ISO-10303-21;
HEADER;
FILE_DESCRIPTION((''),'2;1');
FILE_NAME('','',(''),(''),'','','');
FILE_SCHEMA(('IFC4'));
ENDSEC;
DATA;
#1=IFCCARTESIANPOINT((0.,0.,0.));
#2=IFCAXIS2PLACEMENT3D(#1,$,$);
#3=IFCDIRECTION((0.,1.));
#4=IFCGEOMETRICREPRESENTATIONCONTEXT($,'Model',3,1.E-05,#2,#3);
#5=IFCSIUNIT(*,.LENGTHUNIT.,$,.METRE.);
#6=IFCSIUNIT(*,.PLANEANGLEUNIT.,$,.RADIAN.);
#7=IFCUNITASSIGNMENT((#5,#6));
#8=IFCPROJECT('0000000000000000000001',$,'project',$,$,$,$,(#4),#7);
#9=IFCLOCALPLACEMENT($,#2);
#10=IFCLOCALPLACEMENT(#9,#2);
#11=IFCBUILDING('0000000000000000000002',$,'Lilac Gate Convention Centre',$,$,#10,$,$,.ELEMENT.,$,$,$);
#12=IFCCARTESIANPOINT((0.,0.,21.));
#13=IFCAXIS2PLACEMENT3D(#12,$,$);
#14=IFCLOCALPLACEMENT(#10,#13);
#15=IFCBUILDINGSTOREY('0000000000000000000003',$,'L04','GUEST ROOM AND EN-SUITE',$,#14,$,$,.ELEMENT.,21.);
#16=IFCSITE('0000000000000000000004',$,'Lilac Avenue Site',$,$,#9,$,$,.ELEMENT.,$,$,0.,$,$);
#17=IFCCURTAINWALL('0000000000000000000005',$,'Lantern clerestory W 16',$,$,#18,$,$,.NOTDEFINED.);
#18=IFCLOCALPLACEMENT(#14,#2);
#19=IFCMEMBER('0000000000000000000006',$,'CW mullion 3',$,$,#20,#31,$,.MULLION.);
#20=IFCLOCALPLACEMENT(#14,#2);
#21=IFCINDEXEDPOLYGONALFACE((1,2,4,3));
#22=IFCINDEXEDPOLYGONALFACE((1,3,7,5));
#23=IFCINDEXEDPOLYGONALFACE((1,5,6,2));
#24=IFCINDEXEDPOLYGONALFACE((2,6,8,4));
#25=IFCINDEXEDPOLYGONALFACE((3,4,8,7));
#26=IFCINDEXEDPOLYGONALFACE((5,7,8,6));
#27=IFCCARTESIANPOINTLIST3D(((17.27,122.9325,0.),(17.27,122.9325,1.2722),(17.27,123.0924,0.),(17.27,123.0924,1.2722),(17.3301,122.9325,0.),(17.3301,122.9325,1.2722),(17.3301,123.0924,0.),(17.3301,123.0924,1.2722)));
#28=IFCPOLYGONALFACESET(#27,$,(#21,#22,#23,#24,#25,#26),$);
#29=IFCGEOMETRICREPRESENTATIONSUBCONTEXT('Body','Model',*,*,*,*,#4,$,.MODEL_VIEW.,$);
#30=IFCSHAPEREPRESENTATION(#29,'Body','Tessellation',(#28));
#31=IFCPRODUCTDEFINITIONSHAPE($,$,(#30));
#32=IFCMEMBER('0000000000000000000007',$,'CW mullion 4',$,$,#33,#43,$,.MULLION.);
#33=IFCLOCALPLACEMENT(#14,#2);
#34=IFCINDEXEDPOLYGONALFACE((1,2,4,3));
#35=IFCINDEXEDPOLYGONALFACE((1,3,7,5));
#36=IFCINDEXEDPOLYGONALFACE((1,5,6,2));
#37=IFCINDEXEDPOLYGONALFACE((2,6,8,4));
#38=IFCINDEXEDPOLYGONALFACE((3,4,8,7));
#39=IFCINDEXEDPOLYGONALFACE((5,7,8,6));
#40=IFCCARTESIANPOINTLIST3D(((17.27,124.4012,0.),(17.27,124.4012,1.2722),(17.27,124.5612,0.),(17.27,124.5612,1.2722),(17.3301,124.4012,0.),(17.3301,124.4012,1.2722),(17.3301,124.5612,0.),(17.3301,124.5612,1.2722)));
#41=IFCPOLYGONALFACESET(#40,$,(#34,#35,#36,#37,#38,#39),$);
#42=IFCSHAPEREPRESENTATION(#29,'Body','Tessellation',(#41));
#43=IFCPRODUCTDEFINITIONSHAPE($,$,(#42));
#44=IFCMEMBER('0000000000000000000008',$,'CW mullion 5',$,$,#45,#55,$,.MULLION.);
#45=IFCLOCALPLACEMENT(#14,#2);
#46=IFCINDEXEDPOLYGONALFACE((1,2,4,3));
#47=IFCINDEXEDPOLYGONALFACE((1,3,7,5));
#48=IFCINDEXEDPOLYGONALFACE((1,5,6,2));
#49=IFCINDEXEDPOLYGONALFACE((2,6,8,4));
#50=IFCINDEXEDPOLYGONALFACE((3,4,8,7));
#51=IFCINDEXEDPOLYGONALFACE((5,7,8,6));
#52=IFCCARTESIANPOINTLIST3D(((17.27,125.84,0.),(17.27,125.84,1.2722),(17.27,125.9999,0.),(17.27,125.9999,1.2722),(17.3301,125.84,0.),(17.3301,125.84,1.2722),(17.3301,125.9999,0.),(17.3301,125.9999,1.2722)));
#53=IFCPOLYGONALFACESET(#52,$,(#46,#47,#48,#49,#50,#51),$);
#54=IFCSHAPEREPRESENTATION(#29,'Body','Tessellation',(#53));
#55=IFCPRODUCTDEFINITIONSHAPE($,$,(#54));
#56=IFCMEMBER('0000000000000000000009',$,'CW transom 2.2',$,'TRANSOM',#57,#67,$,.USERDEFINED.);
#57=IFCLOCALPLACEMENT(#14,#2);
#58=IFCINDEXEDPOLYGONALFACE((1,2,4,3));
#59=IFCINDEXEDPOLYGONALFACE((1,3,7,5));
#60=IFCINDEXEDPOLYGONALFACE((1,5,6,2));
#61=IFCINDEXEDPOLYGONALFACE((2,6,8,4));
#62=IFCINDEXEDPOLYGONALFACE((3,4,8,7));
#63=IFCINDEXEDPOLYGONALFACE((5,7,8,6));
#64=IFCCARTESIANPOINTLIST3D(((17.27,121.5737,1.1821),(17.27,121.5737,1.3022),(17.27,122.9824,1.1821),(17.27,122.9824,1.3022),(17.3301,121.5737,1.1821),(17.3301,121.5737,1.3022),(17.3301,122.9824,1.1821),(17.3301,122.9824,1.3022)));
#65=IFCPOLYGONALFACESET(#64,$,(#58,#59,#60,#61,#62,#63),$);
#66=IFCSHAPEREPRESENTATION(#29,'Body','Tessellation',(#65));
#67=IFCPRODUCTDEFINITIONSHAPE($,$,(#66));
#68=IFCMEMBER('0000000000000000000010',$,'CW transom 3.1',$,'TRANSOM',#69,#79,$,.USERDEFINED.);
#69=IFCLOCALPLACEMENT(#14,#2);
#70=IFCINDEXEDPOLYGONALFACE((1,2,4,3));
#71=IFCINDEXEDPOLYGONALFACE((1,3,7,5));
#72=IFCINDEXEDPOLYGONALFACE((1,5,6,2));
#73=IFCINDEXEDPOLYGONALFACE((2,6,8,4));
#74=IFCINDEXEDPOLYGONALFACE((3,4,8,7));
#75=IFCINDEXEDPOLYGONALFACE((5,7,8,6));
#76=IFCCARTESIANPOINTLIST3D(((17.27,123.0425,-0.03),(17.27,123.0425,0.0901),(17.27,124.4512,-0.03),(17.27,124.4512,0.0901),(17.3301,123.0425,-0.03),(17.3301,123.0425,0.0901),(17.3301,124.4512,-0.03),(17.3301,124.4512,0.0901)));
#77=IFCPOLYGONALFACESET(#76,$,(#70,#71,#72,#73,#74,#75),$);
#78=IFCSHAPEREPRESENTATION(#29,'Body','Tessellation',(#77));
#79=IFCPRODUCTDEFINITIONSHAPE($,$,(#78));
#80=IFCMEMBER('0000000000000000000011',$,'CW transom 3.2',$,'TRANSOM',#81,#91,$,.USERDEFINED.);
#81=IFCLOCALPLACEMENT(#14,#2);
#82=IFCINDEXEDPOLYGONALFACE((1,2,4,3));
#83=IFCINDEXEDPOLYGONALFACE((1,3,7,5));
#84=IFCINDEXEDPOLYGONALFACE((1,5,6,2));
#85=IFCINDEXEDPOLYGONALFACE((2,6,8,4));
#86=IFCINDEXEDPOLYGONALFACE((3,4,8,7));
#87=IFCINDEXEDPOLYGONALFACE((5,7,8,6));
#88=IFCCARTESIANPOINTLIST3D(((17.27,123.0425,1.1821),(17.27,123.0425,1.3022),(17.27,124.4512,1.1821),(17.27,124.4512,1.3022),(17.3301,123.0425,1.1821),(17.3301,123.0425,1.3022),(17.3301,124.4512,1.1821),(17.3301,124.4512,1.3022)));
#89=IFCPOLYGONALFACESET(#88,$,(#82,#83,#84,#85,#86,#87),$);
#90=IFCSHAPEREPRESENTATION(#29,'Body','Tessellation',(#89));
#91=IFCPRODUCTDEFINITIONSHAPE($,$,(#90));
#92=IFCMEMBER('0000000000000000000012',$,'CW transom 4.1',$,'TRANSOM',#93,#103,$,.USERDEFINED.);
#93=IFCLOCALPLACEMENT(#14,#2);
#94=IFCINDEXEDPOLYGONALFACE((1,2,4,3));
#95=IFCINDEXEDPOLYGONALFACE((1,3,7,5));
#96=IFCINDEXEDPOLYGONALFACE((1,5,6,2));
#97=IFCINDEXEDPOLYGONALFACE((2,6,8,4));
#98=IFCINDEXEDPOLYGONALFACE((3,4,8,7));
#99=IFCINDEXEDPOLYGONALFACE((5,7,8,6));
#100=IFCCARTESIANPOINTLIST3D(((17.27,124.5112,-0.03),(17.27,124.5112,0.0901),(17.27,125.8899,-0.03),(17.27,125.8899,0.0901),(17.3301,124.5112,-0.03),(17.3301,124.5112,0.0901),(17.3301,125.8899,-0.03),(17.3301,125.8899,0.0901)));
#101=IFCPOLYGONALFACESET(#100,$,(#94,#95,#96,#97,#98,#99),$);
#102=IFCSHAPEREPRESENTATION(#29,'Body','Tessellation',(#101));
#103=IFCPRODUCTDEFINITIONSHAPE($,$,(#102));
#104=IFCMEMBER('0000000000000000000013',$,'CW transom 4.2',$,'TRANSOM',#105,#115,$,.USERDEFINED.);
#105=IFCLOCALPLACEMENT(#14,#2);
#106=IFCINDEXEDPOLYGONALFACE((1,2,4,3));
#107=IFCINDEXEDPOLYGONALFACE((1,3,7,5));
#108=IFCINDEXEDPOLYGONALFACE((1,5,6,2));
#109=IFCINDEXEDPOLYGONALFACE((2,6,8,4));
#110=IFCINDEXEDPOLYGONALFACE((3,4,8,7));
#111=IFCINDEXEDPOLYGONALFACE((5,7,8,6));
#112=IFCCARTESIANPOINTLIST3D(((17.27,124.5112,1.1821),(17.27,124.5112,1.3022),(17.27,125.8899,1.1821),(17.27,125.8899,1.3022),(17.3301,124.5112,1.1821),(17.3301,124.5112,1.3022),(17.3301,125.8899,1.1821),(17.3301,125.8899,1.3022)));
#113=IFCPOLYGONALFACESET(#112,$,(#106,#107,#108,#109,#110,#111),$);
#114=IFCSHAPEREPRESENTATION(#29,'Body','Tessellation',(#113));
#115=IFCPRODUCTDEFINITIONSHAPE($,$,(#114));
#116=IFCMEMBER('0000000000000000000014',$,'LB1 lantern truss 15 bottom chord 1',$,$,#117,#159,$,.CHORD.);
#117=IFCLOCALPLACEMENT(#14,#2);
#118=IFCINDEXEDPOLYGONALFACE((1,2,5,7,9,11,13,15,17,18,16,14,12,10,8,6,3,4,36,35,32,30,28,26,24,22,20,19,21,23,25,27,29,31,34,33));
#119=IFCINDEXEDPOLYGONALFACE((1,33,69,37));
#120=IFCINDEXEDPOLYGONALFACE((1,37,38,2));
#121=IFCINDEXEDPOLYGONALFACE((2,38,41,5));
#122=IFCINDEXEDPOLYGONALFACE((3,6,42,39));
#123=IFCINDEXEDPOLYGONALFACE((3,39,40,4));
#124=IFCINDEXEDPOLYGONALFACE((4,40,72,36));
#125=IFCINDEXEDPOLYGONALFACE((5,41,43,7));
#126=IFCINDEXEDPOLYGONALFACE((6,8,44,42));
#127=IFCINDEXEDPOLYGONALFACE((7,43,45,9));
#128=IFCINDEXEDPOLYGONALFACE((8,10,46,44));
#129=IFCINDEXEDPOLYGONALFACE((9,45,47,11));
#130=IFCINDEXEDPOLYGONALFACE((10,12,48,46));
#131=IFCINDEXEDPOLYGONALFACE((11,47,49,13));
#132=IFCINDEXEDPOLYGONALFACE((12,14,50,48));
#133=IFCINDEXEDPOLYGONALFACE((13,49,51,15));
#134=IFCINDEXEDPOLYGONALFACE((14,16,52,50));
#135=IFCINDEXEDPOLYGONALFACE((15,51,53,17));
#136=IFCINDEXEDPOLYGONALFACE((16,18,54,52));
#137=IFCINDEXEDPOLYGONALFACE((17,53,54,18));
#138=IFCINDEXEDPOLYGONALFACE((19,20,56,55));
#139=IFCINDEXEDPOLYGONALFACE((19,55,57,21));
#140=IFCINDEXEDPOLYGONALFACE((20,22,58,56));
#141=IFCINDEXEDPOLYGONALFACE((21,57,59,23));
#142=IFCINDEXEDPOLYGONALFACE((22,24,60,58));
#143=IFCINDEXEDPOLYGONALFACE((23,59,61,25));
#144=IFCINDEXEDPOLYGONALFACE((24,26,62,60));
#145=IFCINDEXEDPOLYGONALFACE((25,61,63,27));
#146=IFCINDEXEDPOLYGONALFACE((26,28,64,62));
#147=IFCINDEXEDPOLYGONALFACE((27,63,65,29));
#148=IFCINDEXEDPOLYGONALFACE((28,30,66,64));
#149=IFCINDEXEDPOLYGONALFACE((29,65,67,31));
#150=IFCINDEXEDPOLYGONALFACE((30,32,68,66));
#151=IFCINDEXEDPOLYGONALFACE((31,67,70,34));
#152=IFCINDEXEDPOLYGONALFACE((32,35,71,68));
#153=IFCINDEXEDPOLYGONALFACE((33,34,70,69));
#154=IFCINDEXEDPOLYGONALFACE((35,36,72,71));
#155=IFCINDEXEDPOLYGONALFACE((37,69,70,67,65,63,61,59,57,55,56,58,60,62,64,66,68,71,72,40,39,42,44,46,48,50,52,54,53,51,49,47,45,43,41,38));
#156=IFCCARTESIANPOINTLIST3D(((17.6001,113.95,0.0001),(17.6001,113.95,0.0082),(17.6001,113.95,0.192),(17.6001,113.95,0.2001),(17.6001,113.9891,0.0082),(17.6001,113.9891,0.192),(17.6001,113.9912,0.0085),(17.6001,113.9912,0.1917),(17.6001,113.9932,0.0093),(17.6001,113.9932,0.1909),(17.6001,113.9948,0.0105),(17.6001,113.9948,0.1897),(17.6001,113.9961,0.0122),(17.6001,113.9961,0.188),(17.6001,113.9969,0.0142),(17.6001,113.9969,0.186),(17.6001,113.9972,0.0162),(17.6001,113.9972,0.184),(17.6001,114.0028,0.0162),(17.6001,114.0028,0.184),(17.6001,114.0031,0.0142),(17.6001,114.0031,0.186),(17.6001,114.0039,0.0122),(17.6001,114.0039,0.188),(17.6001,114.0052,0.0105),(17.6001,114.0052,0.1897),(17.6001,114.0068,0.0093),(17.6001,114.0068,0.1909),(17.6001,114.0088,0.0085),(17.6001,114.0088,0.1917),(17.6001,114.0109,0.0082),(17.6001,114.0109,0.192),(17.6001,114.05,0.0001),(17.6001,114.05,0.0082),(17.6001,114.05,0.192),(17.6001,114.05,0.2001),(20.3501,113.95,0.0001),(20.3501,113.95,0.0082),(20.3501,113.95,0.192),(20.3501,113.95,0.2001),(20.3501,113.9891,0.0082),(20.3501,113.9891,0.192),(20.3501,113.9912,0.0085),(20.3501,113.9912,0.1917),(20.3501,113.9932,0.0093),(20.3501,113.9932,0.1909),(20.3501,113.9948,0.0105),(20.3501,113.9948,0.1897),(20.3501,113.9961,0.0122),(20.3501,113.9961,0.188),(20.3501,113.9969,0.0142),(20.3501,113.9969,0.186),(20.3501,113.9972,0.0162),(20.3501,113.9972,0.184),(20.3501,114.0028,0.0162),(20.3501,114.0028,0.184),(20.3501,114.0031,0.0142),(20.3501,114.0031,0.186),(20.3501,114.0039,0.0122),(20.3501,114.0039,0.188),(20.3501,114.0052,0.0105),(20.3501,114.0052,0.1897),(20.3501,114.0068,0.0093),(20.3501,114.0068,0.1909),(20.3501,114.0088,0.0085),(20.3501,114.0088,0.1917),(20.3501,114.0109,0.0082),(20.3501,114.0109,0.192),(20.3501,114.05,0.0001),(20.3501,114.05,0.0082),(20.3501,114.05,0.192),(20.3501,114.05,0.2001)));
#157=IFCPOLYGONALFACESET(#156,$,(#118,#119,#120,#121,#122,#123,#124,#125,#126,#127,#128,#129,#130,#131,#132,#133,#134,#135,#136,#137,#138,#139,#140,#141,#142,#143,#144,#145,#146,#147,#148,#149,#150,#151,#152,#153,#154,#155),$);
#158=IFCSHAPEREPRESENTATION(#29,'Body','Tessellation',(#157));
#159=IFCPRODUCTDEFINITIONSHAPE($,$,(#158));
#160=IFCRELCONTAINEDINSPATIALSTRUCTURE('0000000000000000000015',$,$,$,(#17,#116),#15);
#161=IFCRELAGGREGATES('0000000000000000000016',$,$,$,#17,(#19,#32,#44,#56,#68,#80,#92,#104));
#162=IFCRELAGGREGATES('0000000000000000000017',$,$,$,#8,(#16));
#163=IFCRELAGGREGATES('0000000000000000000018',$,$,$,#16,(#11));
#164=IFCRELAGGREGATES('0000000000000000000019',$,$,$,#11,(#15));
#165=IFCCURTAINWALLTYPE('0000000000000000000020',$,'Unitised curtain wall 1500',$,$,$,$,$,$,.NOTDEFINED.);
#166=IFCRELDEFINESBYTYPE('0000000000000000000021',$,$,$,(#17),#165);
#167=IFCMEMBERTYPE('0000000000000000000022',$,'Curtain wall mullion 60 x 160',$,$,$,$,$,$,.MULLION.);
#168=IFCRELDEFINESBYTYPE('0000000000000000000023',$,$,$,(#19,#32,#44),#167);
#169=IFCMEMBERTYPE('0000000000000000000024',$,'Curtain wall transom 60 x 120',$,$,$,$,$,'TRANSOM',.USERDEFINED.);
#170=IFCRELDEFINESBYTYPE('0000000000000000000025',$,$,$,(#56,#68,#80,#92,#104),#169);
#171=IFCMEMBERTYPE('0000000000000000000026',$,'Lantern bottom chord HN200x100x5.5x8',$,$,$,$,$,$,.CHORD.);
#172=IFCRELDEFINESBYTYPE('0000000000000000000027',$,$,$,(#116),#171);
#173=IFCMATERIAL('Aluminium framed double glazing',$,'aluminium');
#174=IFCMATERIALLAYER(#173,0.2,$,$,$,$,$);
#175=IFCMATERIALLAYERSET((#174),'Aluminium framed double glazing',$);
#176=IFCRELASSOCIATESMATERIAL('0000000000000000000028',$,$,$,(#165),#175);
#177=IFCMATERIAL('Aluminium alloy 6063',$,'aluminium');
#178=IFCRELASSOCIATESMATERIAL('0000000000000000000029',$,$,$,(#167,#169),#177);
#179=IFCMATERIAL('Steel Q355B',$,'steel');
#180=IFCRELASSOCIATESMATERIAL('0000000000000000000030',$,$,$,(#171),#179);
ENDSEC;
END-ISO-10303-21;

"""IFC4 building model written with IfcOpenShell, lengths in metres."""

from ifc_helpers import new_model, si_unit, direction, frame, origin, origin_2d, place, context, subcontext, project, spatial, rectangle, i_section, extrude, material, layer, layer_set, material_profile, profile_set, type_object, element, aggregate, save


model = new_model("IFC4")

# Units and contexts
model_context = context("Model", 3, precision=1e-05, world=origin(), true_north=direction((0.0, 1.0)))
body_context = subcontext(model_context, "Body", "Model", "MODEL_VIEW")
ifc_project = project(units=[si_unit("LENGTHUNIT", "METRE"), si_unit("PLANEANGLEUNIT", "RADIAN")], contexts=[model_context])

# Site, building, storey
site_placement = place(None, origin())
site = spatial("IfcSite", under=ifc_project, at=site_placement, Name="Lilac Avenue Site", CompositionType="ELEMENT", RefElevation=0.0)
building_placement = place(site_placement, origin())
building = spatial("IfcBuilding", under=site, at=building_placement, Name="Lilac Gate Convention Centre", CompositionType="ELEMENT")
storey_placement = place(building_placement, frame((0.0, 0.0, 21.0)))
storey = spatial("IfcBuildingStorey", under=building, at=storey_placement, Name="L04", Description="GUEST ROOM AND EN-SUITE", CompositionType="ELEMENT", Elevation=21.0)

# Curtain wall, members
ifc_material_1 = material(Name="Aluminium framed double glazing", Category="aluminium")
ifc_layer_1 = layer(ifc_material_1, 0.2)
ifc_layer_set_1 = layer_set([ifc_layer_1], Name="Aluminium framed double glazing")
curtain_wall_type = type_object("IfcCurtainWallType", Name="Unitised curtain wall 1500", PredefinedType="NOTDEFINED", material=ifc_layer_set_1)
curtain_wall_placement = place(storey_placement, origin())
curtain_wall = element("IfcCurtainWall", 1, at=curtain_wall_placement, inside=storey, type_object=curtain_wall_type, Name="Lantern clerestory W 16", PredefinedType="NOTDEFINED")
ifc_material_2 = material(Name="Aluminium alloy 6063", Category="aluminium")
ifc_material_profile_1 = material_profile(ifc_material_2, rectangle(XDim=0.0601, YDim=0.1599, at=origin_2d()), Name="Curtain wall mullion 60 x 160")
ifc_profile_set_1 = profile_set([ifc_material_profile_1], Name="Aluminium alloy 6063")
member_type_1 = type_object("IfcMemberType", Name="Curtain wall mullion 60 x 160", PredefinedType="MULLION", material=ifc_profile_set_1)
member_1_placement = place(storey_placement, frame((17.3, 123.0125, 0.0), z_axis=(0.0, 0.0, 1.0), x_axis=(-1.0, 0.0, 0.0)))
member_1 = element("IfcMember", 2, at=member_1_placement, type_object=member_type_1, Name="CW mullion 3", PredefinedType="MULLION", context=body_context, shape_type="SweptSolid", body=[
    extrude(rectangle(XDim=0.0601, YDim=0.1599, at=origin_2d()), origin(), (0.0, 0.0, 1.0), 1.2722),
])
member_2_placement = place(storey_placement, frame((17.3, 124.4812, 0.0), z_axis=(0.0, 0.0, 1.0), x_axis=(-1.0, 0.0, 0.0)))
member_2 = element("IfcMember", 3, at=member_2_placement, type_object=member_type_1, Name="CW mullion 4", PredefinedType="MULLION", context=body_context, shape_type="SweptSolid", body=[
    extrude(rectangle(XDim=0.0601, YDim=0.1599, at=origin_2d()), origin(), (0.0, 0.0, 1.0), 1.2722),
])
member_3_placement = place(storey_placement, frame((17.3, 125.9199, 0.0), z_axis=(0.0, 0.0, 1.0), x_axis=(-1.0, 0.0, 0.0)))
member_3 = element("IfcMember", 4, at=member_3_placement, type_object=member_type_1, Name="CW mullion 5", PredefinedType="MULLION", context=body_context, shape_type="SweptSolid", body=[
    extrude(rectangle(XDim=0.0601, YDim=0.1599, at=origin_2d()), origin(), (0.0, 0.0, 1.0), 1.2722),
])
ifc_material_profile_2 = material_profile(ifc_material_2, rectangle(XDim=0.0601, YDim=0.1201, at=origin_2d()), Name="Curtain wall transom 60 x 120")
ifc_profile_set_2 = profile_set([ifc_material_profile_2], Name="Aluminium alloy 6063")
member_type_2 = type_object("IfcMemberType", Name="Curtain wall transom 60 x 120", ElementType="TRANSOM", PredefinedType="USERDEFINED", material=ifc_profile_set_2)
member_4_placement = place(storey_placement, frame((17.3, 121.5737, 1.2422), z_axis=(0.0, 1.0, 0.0), x_axis=(-1.0, 0.0, 0.0)))
member_4 = element("IfcMember", 5, at=member_4_placement, type_object=member_type_2, Name="CW transom 2.2", ObjectType="TRANSOM", PredefinedType="USERDEFINED", context=body_context, shape_type="SweptSolid", body=[
    extrude(rectangle(XDim=0.0601, YDim=0.1201, at=origin_2d()), origin(), (0.0, 0.0, 1.0), 1.4087),
])
member_5_placement = place(storey_placement, frame((17.3, 123.0425, 0.03), z_axis=(0.0, 1.0, 0.0), x_axis=(-1.0, 0.0, 0.0)))
member_5 = element("IfcMember", 6, at=member_5_placement, type_object=member_type_2, Name="CW transom 3.1", ObjectType="TRANSOM", PredefinedType="USERDEFINED", context=body_context, shape_type="SweptSolid", body=[
    extrude(rectangle(XDim=0.0601, YDim=0.1201, at=origin_2d()), origin(), (0.0, 0.0, 1.0), 1.4087),
])
member_6_placement = place(storey_placement, frame((17.3, 123.0425, 1.2422), z_axis=(0.0, 1.0, 0.0), x_axis=(-1.0, 0.0, 0.0)))
member_6 = element("IfcMember", 7, at=member_6_placement, type_object=member_type_2, Name="CW transom 3.2", ObjectType="TRANSOM", PredefinedType="USERDEFINED", context=body_context, shape_type="SweptSolid", body=[
    extrude(rectangle(XDim=0.0601, YDim=0.1201, at=origin_2d()), origin(), (0.0, 0.0, 1.0), 1.4087),
])
member_7_placement = place(storey_placement, frame((17.3, 124.5112, 0.03), z_axis=(0.0, 1.0, 0.0), x_axis=(-1.0, 0.0, 0.0)))
member_7 = element("IfcMember", 8, at=member_7_placement, type_object=member_type_2, Name="CW transom 4.1", ObjectType="TRANSOM", PredefinedType="USERDEFINED", context=body_context, shape_type="SweptSolid", body=[
    extrude(rectangle(XDim=0.0601, YDim=0.1201, at=origin_2d()), origin(), (0.0, 0.0, 1.0), 1.3787),
])
member_8_placement = place(storey_placement, frame((17.3, 124.5112, 1.2422), z_axis=(0.0, 1.0, 0.0), x_axis=(-1.0, 0.0, 0.0)))
member_8 = element("IfcMember", 9, at=member_8_placement, type_object=member_type_2, Name="CW transom 4.2", ObjectType="TRANSOM", PredefinedType="USERDEFINED", context=body_context, shape_type="SweptSolid", body=[
    extrude(rectangle(XDim=0.0601, YDim=0.1201, at=origin_2d()), origin(), (0.0, 0.0, 1.0), 1.3787),
])

# Member
ifc_material_3 = material(Name="Steel Q355B", Category="steel")
ifc_material_profile_3 = material_profile(ifc_material_3, i_section(OverallWidth=0.1001, OverallDepth=0.2, WebThickness=0.0056, FlangeThickness=0.0081, FilletRadius=0.0081, at=origin_2d()), Name="HN200x100x5.5x8")
ifc_profile_set_3 = profile_set([ifc_material_profile_3], Name="Steel Q355B")
member_type_3 = type_object("IfcMemberType", Name="Lantern bottom chord HN200x100x5.5x8", PredefinedType="CHORD", material=ifc_profile_set_3)
for number, where, z_axis, x_axis, name in (
    (10, (17.6001, 114.0, 0.1001), (1.0, 0.0, 0.0), (0.0, 1.0, 0.0), "LB1 lantern truss 15 bottom chord 1"),
):
    element("IfcMember", number, at=place(storey_placement, frame(where, z_axis=z_axis, x_axis=x_axis)), inside=storey, type_object=member_type_3, Name=name, PredefinedType="CHORD", context=body_context, shape_type="SweptSolid", body=[
        extrude(i_section(OverallWidth=0.1001, OverallDepth=0.2, WebThickness=0.0056, FlangeThickness=0.0081, FilletRadius=0.0081, at=origin_2d()), origin(), (0.0, 0.0, 1.0), 2.75),
    ])

aggregate(curtain_wall, [member_1, member_2, member_3, member_4, member_5, member_6, member_7, member_8])

save(model, "model.ifc")
